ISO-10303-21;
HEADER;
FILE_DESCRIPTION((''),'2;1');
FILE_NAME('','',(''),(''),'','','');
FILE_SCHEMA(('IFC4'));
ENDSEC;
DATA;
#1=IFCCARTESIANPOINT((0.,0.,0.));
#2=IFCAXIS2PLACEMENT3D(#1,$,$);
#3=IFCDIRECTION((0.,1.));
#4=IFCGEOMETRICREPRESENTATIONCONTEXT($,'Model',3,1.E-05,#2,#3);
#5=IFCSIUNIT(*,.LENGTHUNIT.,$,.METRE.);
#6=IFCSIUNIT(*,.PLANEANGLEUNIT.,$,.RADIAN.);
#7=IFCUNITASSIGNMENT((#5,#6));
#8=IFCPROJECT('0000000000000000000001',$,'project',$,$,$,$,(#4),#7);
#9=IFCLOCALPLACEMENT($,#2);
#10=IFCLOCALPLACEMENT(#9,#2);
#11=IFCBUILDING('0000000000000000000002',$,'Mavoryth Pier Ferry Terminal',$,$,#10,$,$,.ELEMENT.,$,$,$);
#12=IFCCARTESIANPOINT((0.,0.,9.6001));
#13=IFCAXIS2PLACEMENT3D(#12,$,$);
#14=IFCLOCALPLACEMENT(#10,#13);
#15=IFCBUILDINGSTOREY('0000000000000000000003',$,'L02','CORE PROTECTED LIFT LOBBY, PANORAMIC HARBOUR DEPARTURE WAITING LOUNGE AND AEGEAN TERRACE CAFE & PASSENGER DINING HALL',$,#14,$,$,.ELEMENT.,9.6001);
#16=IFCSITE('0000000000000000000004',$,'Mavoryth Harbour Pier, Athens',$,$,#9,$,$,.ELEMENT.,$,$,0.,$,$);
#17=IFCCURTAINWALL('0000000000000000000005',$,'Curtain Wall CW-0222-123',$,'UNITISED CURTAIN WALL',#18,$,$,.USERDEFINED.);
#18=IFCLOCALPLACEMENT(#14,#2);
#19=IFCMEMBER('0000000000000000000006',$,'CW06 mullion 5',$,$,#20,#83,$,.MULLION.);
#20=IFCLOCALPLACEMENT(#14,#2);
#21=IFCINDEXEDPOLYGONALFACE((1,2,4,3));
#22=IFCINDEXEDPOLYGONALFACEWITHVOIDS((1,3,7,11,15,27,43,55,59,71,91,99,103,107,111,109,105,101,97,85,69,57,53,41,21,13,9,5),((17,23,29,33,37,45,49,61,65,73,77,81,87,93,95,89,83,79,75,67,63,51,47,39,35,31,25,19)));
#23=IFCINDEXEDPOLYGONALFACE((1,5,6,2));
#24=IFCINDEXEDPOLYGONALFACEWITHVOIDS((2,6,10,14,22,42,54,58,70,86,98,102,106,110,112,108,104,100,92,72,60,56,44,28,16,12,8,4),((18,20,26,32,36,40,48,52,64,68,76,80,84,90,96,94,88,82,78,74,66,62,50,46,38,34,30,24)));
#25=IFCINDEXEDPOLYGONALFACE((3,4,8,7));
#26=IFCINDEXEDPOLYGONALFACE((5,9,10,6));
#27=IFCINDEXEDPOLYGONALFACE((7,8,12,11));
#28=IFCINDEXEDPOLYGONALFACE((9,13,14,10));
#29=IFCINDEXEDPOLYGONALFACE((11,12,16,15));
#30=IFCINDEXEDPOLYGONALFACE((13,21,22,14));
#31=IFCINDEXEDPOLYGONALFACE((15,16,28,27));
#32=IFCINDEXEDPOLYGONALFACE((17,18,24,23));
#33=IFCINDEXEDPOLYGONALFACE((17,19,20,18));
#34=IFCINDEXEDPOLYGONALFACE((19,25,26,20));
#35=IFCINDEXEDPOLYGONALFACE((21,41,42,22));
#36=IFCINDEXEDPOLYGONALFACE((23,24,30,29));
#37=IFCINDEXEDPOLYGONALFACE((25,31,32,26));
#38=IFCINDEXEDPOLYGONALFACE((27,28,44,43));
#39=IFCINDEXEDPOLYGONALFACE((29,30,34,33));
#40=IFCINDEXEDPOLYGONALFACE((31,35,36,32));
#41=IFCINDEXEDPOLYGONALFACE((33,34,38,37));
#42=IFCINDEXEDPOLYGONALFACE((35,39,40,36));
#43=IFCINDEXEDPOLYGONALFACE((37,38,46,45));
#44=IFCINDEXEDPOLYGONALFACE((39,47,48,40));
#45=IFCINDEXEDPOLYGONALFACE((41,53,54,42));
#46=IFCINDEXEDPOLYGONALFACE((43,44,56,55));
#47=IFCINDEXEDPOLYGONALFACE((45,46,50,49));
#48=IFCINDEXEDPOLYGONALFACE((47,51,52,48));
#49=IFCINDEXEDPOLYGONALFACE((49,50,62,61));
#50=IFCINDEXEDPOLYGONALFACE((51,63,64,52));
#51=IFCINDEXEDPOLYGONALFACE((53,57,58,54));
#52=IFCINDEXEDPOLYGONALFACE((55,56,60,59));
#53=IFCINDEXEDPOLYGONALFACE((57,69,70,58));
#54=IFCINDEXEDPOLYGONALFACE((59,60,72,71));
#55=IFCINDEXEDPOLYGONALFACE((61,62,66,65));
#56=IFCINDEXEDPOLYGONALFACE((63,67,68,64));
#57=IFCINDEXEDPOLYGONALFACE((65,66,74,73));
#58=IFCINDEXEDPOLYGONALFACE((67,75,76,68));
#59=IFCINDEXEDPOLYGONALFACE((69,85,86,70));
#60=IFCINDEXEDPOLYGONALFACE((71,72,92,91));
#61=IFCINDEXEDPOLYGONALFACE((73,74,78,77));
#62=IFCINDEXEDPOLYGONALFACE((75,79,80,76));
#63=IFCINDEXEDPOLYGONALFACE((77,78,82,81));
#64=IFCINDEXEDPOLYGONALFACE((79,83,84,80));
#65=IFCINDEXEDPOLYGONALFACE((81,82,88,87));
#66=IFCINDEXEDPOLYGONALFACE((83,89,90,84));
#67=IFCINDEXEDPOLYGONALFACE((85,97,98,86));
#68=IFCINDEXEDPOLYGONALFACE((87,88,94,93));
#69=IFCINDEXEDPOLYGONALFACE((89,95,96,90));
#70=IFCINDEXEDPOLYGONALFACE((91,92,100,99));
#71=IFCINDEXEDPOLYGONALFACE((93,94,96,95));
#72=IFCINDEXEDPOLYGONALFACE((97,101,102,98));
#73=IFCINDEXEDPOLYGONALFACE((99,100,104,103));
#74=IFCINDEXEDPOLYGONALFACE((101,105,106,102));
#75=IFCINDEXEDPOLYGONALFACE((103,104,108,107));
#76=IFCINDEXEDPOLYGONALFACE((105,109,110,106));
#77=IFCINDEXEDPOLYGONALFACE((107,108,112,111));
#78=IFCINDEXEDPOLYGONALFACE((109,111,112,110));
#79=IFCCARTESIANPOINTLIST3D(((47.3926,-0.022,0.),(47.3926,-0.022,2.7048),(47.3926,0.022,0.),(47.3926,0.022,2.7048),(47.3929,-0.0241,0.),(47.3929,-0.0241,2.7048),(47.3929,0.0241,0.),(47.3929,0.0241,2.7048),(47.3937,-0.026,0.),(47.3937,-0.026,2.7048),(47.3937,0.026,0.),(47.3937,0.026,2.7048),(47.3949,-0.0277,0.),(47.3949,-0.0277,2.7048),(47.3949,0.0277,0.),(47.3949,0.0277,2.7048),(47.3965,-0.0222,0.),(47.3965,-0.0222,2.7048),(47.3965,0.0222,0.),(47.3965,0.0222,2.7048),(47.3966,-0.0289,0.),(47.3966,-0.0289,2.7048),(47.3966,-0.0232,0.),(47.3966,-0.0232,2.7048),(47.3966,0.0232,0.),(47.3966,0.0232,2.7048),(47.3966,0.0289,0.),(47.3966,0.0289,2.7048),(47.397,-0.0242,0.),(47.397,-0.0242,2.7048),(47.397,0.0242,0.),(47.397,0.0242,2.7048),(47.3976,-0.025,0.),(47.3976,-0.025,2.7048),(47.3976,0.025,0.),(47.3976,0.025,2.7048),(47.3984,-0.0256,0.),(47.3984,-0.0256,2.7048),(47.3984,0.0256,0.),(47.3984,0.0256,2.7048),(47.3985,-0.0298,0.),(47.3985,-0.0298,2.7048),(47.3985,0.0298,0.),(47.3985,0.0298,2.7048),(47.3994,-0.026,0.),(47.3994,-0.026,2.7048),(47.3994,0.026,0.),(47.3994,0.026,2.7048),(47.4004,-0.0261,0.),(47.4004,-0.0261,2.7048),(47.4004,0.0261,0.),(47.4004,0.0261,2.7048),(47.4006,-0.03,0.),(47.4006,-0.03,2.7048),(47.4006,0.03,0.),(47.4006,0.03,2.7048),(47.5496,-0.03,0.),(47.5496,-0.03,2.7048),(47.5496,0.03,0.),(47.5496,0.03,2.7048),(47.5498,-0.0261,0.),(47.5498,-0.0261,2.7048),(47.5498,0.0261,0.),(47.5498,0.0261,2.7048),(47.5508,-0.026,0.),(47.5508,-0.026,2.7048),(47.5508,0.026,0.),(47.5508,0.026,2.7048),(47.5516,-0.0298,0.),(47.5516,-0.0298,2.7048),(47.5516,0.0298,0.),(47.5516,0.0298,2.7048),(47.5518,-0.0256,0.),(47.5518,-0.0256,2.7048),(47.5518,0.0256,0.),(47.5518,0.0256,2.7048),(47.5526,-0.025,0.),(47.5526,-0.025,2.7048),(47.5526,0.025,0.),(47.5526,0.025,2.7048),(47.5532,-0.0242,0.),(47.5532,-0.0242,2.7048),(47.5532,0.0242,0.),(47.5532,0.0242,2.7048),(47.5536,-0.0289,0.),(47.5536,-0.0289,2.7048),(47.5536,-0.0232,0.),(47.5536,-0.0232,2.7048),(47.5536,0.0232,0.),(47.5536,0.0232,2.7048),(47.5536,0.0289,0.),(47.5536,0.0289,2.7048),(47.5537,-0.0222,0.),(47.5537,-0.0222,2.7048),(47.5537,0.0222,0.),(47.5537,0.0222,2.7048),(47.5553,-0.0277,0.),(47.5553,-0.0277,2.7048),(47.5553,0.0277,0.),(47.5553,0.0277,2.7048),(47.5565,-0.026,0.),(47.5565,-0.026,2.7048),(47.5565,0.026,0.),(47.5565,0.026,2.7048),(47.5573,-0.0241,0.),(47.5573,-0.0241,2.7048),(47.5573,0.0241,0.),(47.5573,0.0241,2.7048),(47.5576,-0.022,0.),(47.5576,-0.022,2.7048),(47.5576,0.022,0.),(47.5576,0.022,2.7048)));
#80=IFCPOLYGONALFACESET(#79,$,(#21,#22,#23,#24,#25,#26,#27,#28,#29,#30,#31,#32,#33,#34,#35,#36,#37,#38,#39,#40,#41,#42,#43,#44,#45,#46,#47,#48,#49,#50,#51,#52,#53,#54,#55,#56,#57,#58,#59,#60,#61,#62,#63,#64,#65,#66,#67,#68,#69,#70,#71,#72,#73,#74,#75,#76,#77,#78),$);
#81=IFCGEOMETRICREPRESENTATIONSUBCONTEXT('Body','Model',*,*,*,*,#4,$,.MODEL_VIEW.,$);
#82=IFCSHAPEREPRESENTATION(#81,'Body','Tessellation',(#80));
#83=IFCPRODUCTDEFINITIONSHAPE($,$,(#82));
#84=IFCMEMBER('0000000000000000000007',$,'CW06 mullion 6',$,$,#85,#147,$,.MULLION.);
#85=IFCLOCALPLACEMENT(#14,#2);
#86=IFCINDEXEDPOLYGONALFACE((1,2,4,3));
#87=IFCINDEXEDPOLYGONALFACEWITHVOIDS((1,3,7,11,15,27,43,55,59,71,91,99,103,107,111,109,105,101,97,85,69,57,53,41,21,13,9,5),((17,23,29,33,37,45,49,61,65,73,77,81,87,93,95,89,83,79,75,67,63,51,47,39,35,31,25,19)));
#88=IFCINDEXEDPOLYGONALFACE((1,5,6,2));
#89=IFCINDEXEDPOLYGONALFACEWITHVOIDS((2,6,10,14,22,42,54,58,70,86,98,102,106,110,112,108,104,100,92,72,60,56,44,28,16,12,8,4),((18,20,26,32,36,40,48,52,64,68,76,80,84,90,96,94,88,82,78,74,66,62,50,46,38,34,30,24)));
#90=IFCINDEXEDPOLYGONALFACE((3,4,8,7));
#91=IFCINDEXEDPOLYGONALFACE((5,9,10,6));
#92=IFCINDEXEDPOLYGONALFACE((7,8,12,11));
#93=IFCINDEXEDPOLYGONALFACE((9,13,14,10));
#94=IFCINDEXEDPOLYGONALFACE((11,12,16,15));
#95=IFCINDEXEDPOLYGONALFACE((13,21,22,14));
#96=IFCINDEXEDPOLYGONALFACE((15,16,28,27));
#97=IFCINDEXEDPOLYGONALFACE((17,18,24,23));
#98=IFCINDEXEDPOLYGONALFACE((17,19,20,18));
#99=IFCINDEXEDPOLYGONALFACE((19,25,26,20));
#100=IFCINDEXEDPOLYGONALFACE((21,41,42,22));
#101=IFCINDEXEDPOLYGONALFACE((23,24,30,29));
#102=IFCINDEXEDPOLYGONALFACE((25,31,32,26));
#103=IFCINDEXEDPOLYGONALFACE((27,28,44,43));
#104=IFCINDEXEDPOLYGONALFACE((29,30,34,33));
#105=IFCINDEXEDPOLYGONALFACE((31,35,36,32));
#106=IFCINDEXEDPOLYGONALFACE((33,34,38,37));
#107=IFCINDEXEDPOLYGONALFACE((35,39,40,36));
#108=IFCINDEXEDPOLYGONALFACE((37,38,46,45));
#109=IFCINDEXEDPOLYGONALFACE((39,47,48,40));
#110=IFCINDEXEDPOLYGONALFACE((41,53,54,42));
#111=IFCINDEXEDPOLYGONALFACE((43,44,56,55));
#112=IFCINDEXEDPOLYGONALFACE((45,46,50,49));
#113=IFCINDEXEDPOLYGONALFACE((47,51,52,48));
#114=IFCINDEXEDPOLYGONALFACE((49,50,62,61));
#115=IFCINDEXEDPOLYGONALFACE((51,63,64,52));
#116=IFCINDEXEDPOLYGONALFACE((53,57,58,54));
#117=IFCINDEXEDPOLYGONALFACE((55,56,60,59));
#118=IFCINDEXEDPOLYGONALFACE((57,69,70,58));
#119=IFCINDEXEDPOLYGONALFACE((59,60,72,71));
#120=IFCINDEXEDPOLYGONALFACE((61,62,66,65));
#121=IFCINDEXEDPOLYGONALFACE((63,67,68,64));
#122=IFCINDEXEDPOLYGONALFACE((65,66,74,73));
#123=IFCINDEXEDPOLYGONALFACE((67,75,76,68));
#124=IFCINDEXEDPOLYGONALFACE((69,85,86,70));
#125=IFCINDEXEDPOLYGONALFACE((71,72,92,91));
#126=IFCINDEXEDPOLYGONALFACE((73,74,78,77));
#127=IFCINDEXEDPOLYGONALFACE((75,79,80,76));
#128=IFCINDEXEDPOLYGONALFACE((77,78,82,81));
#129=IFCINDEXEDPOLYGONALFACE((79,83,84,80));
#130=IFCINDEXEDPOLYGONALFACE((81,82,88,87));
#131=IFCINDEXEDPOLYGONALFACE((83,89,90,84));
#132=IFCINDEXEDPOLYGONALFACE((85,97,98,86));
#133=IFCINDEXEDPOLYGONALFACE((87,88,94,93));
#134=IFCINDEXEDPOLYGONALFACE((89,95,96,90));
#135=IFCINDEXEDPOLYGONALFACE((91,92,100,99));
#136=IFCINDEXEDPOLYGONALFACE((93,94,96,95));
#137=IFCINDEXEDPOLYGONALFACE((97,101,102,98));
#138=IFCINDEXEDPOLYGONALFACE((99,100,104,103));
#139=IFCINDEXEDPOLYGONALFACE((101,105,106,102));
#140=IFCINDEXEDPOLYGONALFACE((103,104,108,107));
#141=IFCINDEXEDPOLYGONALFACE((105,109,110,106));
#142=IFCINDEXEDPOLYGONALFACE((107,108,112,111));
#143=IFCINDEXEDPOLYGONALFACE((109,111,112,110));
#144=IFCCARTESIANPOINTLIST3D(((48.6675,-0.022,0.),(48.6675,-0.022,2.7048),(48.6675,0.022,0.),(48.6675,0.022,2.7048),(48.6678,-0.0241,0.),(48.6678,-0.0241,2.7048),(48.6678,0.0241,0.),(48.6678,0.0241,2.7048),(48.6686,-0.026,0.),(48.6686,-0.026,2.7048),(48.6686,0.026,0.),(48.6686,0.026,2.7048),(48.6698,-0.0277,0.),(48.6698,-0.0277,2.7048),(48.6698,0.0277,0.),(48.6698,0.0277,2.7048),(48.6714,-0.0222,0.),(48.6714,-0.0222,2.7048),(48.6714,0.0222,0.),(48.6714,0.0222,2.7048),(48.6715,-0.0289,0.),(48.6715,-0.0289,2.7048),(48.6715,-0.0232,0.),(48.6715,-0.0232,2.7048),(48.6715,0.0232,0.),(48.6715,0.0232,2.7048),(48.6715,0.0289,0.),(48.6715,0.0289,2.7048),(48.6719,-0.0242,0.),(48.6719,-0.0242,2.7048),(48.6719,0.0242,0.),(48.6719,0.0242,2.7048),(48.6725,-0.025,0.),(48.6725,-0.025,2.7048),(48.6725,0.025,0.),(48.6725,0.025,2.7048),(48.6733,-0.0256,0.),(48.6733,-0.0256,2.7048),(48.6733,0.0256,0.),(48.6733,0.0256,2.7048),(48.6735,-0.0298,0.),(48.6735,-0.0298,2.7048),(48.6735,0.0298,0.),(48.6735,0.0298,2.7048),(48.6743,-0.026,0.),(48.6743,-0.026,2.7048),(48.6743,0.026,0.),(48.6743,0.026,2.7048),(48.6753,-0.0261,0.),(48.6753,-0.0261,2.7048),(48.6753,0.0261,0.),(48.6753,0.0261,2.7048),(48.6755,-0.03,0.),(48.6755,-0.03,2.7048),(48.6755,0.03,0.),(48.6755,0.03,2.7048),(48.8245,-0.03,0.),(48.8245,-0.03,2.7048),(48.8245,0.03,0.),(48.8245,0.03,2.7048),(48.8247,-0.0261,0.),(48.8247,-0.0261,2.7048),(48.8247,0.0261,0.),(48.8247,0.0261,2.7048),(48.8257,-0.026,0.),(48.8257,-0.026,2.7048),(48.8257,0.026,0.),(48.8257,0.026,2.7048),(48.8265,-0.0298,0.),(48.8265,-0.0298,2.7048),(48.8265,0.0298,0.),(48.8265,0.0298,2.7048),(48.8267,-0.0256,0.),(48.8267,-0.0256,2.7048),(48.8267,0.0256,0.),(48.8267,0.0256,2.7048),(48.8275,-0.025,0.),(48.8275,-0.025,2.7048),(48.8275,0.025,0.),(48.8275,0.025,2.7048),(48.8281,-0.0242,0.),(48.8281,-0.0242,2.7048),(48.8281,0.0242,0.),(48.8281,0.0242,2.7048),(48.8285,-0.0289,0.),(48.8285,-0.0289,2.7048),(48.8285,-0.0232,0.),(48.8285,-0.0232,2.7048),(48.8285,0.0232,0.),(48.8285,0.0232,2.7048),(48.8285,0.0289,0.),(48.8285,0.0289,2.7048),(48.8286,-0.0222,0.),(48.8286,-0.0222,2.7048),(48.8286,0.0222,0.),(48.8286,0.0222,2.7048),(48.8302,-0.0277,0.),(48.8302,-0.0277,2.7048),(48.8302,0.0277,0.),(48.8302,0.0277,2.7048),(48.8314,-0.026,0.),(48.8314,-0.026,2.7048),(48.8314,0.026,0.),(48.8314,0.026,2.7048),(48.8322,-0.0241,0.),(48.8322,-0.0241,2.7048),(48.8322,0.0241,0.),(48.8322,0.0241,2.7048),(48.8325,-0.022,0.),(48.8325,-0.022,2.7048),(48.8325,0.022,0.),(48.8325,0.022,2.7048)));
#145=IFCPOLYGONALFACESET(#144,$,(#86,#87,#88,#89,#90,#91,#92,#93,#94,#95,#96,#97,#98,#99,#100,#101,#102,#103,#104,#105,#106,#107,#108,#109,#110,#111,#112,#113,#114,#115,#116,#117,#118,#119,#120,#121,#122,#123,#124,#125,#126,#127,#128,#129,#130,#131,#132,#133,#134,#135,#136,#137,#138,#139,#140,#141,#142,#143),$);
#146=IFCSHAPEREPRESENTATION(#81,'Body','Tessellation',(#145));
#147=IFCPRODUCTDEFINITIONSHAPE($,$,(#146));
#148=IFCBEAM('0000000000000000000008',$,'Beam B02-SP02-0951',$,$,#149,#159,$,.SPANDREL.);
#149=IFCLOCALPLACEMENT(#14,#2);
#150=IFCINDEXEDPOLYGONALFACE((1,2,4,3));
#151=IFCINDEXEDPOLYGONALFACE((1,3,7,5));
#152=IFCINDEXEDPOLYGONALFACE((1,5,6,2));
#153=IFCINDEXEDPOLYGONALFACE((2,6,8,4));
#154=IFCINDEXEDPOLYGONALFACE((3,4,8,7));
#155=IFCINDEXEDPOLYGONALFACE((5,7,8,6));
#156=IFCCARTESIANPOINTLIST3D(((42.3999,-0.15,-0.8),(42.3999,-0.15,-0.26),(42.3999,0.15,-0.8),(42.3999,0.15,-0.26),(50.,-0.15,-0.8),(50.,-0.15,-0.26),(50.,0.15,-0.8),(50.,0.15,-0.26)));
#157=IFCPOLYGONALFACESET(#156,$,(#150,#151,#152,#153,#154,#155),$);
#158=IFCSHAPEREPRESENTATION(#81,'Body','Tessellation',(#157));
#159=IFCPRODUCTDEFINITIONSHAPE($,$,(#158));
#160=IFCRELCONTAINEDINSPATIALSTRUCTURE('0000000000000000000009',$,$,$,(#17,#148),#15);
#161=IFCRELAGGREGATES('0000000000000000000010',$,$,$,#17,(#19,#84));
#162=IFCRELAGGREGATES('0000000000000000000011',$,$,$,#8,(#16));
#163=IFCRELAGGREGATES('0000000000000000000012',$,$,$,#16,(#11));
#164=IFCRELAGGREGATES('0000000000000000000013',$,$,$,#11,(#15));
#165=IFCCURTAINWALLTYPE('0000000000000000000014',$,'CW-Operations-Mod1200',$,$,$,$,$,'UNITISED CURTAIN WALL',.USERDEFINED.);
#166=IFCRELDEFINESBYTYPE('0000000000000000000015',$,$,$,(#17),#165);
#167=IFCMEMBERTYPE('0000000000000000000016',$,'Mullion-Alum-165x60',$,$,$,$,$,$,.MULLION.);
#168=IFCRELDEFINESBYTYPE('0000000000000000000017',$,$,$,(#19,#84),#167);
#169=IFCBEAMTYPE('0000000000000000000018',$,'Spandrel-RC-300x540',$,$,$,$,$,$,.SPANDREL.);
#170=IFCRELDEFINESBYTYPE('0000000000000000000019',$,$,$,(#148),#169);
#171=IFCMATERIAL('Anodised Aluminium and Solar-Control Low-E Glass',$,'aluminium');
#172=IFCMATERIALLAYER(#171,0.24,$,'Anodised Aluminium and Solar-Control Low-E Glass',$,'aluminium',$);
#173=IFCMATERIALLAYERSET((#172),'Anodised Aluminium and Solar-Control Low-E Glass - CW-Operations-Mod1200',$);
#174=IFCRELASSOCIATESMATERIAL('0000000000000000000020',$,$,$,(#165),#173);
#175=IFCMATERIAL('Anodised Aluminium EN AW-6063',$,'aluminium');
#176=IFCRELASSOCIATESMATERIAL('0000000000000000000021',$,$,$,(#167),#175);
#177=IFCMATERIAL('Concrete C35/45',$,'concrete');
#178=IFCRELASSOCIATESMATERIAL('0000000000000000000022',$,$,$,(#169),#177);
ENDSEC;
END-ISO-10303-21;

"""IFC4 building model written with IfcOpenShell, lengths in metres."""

from ifc_helpers import new_model, si_unit, direction, frame, origin, origin_2d, place, context, subcontext, project, spatial, rectangle, hollow_rectangle, extrude, material, layer, layer_set, material_profile, profile_set, type_object, element, aggregate, save


model = new_model("IFC4")

# Units and contexts
model_context = context("Model", 3, precision=1e-05, world=origin(), true_north=direction((0.0, 1.0)))
body_context = subcontext(model_context, "Body", "Model", "MODEL_VIEW")
ifc_project = project(units=[si_unit("LENGTHUNIT", "METRE"), si_unit("PLANEANGLEUNIT", "RADIAN")], contexts=[model_context])

# Site, building, storey
site_placement = place(None, origin())
site = spatial("IfcSite", under=ifc_project, at=site_placement, Name="Mavoryth Harbour Pier, Athens", CompositionType="ELEMENT", RefElevation=0.0)
building_placement = place(site_placement, origin())
building = spatial("IfcBuilding", under=site, at=building_placement, Name="Mavoryth Pier Ferry Terminal", CompositionType="ELEMENT")
storey_placement = place(building_placement, frame((0.0, 0.0, 9.6001)))
storey = spatial("IfcBuildingStorey", under=building, at=storey_placement, Name="L02", Description="CORE PROTECTED LIFT LOBBY, PANORAMIC HARBOUR DEPARTURE WAITING LOUNGE AND AEGEAN TERRACE CAFE & PASSENGER DINING HALL", CompositionType="ELEMENT", Elevation=9.6001)

# Curtain wall, members
ifc_material_1 = material(Name="Anodised Aluminium and Solar-Control Low-E Glass", Category="aluminium")
ifc_layer_1 = layer(ifc_material_1, 0.24, Name="Anodised Aluminium and Solar-Control Low-E Glass", Category="aluminium")
ifc_layer_set_1 = layer_set([ifc_layer_1], Name="Anodised Aluminium and Solar-Control Low-E Glass - CW-Operations-Mod1200")
curtain_wall_type = type_object("IfcCurtainWallType", Name="CW-Operations-Mod1200", ElementType="UNITISED CURTAIN WALL", PredefinedType="USERDEFINED", material=ifc_layer_set_1)
curtain_wall_placement = place(storey_placement, origin())
curtain_wall = element("IfcCurtainWall", 1, at=curtain_wall_placement, inside=storey, type_object=curtain_wall_type, Name="Curtain Wall CW-0222-123", ObjectType="UNITISED CURTAIN WALL", PredefinedType="USERDEFINED")
ifc_material_2 = material(Name="Anodised Aluminium EN AW-6063", Category="aluminium")
ifc_material_profile_1 = material_profile(ifc_material_2, hollow_rectangle(XDim=0.0601, YDim=0.165, WallThickness=0.0039, InnerFilletRadius=0.0039, OuterFilletRadius=0.0081, at=origin_2d()), Name="AL-MULL 165x60x4", Category="aluminium")
ifc_profile_set_1 = profile_set([ifc_material_profile_1], Name="Anodised Aluminium EN AW-6063 - AL-MULL 165x60x4")
member_type_1 = type_object("IfcMemberType", Name="Mullion-Alum-165x60", PredefinedType="MULLION", material=ifc_profile_set_1)
member_1_placement = place(storey_placement, frame((47.4751, 0.0, 0.0), z_axis=(0.0, 0.0, 1.0), x_axis=(0.0, 1.0, 0.0)))
member_1 = element("IfcMember", 2, at=member_1_placement, type_object=member_type_1, Name="CW06 mullion 5", PredefinedType="MULLION", context=body_context, shape_type="SweptSolid", body=[
    extrude(hollow_rectangle(XDim=0.0601, YDim=0.165, WallThickness=0.0039, InnerFilletRadius=0.0039, OuterFilletRadius=0.0081, at=origin_2d()), origin(), (0.0, 0.0, 1.0), 2.7048),
])
member_2_placement = place(storey_placement, frame((48.75, 0.0, 0.0), z_axis=(0.0, 0.0, 1.0), x_axis=(0.0, 1.0, 0.0)))
member_2 = element("IfcMember", 3, at=member_2_placement, type_object=member_type_1, Name="CW06 mullion 6", PredefinedType="MULLION", context=body_context, shape_type="SweptSolid", body=[
    extrude(hollow_rectangle(XDim=0.0601, YDim=0.165, WallThickness=0.0039, InnerFilletRadius=0.0039, OuterFilletRadius=0.0081, at=origin_2d()), origin(), (0.0, 0.0, 1.0), 2.7048),
])

# Beam
ifc_material_3 = material(Name="Concrete C35/45", Category="concrete")
ifc_material_profile_2 = material_profile(ifc_material_3, rectangle(XDim=0.3, YDim=0.54, at=origin_2d()), Name="RC 300x540", Category="concrete")
ifc_profile_set_2 = profile_set([ifc_material_profile_2], Name="Concrete C35/45 - RC 300x540")
beam_type = type_object("IfcBeamType", Name="Spandrel-RC-300x540", PredefinedType="SPANDREL", material=ifc_profile_set_2)
beam_placement = place(storey_placement, frame((42.3999, 0.0, -0.53), z_axis=(1.0, 0.0, 0.0), x_axis=(0.0, 1.0, 0.0)))
element("IfcBeam", 4, at=beam_placement, inside=storey, type_object=beam_type, Name="Beam B02-SP02-0951", PredefinedType="SPANDREL", context=body_context, shape_type="SweptSolid", body=[
    extrude(rectangle(XDim=0.3, YDim=0.54, at=origin_2d()), origin(), (0.0, 0.0, 1.0), 7.6001),
])

aggregate(curtain_wall, [member_1, member_2])

save(model, "model.ifc")
